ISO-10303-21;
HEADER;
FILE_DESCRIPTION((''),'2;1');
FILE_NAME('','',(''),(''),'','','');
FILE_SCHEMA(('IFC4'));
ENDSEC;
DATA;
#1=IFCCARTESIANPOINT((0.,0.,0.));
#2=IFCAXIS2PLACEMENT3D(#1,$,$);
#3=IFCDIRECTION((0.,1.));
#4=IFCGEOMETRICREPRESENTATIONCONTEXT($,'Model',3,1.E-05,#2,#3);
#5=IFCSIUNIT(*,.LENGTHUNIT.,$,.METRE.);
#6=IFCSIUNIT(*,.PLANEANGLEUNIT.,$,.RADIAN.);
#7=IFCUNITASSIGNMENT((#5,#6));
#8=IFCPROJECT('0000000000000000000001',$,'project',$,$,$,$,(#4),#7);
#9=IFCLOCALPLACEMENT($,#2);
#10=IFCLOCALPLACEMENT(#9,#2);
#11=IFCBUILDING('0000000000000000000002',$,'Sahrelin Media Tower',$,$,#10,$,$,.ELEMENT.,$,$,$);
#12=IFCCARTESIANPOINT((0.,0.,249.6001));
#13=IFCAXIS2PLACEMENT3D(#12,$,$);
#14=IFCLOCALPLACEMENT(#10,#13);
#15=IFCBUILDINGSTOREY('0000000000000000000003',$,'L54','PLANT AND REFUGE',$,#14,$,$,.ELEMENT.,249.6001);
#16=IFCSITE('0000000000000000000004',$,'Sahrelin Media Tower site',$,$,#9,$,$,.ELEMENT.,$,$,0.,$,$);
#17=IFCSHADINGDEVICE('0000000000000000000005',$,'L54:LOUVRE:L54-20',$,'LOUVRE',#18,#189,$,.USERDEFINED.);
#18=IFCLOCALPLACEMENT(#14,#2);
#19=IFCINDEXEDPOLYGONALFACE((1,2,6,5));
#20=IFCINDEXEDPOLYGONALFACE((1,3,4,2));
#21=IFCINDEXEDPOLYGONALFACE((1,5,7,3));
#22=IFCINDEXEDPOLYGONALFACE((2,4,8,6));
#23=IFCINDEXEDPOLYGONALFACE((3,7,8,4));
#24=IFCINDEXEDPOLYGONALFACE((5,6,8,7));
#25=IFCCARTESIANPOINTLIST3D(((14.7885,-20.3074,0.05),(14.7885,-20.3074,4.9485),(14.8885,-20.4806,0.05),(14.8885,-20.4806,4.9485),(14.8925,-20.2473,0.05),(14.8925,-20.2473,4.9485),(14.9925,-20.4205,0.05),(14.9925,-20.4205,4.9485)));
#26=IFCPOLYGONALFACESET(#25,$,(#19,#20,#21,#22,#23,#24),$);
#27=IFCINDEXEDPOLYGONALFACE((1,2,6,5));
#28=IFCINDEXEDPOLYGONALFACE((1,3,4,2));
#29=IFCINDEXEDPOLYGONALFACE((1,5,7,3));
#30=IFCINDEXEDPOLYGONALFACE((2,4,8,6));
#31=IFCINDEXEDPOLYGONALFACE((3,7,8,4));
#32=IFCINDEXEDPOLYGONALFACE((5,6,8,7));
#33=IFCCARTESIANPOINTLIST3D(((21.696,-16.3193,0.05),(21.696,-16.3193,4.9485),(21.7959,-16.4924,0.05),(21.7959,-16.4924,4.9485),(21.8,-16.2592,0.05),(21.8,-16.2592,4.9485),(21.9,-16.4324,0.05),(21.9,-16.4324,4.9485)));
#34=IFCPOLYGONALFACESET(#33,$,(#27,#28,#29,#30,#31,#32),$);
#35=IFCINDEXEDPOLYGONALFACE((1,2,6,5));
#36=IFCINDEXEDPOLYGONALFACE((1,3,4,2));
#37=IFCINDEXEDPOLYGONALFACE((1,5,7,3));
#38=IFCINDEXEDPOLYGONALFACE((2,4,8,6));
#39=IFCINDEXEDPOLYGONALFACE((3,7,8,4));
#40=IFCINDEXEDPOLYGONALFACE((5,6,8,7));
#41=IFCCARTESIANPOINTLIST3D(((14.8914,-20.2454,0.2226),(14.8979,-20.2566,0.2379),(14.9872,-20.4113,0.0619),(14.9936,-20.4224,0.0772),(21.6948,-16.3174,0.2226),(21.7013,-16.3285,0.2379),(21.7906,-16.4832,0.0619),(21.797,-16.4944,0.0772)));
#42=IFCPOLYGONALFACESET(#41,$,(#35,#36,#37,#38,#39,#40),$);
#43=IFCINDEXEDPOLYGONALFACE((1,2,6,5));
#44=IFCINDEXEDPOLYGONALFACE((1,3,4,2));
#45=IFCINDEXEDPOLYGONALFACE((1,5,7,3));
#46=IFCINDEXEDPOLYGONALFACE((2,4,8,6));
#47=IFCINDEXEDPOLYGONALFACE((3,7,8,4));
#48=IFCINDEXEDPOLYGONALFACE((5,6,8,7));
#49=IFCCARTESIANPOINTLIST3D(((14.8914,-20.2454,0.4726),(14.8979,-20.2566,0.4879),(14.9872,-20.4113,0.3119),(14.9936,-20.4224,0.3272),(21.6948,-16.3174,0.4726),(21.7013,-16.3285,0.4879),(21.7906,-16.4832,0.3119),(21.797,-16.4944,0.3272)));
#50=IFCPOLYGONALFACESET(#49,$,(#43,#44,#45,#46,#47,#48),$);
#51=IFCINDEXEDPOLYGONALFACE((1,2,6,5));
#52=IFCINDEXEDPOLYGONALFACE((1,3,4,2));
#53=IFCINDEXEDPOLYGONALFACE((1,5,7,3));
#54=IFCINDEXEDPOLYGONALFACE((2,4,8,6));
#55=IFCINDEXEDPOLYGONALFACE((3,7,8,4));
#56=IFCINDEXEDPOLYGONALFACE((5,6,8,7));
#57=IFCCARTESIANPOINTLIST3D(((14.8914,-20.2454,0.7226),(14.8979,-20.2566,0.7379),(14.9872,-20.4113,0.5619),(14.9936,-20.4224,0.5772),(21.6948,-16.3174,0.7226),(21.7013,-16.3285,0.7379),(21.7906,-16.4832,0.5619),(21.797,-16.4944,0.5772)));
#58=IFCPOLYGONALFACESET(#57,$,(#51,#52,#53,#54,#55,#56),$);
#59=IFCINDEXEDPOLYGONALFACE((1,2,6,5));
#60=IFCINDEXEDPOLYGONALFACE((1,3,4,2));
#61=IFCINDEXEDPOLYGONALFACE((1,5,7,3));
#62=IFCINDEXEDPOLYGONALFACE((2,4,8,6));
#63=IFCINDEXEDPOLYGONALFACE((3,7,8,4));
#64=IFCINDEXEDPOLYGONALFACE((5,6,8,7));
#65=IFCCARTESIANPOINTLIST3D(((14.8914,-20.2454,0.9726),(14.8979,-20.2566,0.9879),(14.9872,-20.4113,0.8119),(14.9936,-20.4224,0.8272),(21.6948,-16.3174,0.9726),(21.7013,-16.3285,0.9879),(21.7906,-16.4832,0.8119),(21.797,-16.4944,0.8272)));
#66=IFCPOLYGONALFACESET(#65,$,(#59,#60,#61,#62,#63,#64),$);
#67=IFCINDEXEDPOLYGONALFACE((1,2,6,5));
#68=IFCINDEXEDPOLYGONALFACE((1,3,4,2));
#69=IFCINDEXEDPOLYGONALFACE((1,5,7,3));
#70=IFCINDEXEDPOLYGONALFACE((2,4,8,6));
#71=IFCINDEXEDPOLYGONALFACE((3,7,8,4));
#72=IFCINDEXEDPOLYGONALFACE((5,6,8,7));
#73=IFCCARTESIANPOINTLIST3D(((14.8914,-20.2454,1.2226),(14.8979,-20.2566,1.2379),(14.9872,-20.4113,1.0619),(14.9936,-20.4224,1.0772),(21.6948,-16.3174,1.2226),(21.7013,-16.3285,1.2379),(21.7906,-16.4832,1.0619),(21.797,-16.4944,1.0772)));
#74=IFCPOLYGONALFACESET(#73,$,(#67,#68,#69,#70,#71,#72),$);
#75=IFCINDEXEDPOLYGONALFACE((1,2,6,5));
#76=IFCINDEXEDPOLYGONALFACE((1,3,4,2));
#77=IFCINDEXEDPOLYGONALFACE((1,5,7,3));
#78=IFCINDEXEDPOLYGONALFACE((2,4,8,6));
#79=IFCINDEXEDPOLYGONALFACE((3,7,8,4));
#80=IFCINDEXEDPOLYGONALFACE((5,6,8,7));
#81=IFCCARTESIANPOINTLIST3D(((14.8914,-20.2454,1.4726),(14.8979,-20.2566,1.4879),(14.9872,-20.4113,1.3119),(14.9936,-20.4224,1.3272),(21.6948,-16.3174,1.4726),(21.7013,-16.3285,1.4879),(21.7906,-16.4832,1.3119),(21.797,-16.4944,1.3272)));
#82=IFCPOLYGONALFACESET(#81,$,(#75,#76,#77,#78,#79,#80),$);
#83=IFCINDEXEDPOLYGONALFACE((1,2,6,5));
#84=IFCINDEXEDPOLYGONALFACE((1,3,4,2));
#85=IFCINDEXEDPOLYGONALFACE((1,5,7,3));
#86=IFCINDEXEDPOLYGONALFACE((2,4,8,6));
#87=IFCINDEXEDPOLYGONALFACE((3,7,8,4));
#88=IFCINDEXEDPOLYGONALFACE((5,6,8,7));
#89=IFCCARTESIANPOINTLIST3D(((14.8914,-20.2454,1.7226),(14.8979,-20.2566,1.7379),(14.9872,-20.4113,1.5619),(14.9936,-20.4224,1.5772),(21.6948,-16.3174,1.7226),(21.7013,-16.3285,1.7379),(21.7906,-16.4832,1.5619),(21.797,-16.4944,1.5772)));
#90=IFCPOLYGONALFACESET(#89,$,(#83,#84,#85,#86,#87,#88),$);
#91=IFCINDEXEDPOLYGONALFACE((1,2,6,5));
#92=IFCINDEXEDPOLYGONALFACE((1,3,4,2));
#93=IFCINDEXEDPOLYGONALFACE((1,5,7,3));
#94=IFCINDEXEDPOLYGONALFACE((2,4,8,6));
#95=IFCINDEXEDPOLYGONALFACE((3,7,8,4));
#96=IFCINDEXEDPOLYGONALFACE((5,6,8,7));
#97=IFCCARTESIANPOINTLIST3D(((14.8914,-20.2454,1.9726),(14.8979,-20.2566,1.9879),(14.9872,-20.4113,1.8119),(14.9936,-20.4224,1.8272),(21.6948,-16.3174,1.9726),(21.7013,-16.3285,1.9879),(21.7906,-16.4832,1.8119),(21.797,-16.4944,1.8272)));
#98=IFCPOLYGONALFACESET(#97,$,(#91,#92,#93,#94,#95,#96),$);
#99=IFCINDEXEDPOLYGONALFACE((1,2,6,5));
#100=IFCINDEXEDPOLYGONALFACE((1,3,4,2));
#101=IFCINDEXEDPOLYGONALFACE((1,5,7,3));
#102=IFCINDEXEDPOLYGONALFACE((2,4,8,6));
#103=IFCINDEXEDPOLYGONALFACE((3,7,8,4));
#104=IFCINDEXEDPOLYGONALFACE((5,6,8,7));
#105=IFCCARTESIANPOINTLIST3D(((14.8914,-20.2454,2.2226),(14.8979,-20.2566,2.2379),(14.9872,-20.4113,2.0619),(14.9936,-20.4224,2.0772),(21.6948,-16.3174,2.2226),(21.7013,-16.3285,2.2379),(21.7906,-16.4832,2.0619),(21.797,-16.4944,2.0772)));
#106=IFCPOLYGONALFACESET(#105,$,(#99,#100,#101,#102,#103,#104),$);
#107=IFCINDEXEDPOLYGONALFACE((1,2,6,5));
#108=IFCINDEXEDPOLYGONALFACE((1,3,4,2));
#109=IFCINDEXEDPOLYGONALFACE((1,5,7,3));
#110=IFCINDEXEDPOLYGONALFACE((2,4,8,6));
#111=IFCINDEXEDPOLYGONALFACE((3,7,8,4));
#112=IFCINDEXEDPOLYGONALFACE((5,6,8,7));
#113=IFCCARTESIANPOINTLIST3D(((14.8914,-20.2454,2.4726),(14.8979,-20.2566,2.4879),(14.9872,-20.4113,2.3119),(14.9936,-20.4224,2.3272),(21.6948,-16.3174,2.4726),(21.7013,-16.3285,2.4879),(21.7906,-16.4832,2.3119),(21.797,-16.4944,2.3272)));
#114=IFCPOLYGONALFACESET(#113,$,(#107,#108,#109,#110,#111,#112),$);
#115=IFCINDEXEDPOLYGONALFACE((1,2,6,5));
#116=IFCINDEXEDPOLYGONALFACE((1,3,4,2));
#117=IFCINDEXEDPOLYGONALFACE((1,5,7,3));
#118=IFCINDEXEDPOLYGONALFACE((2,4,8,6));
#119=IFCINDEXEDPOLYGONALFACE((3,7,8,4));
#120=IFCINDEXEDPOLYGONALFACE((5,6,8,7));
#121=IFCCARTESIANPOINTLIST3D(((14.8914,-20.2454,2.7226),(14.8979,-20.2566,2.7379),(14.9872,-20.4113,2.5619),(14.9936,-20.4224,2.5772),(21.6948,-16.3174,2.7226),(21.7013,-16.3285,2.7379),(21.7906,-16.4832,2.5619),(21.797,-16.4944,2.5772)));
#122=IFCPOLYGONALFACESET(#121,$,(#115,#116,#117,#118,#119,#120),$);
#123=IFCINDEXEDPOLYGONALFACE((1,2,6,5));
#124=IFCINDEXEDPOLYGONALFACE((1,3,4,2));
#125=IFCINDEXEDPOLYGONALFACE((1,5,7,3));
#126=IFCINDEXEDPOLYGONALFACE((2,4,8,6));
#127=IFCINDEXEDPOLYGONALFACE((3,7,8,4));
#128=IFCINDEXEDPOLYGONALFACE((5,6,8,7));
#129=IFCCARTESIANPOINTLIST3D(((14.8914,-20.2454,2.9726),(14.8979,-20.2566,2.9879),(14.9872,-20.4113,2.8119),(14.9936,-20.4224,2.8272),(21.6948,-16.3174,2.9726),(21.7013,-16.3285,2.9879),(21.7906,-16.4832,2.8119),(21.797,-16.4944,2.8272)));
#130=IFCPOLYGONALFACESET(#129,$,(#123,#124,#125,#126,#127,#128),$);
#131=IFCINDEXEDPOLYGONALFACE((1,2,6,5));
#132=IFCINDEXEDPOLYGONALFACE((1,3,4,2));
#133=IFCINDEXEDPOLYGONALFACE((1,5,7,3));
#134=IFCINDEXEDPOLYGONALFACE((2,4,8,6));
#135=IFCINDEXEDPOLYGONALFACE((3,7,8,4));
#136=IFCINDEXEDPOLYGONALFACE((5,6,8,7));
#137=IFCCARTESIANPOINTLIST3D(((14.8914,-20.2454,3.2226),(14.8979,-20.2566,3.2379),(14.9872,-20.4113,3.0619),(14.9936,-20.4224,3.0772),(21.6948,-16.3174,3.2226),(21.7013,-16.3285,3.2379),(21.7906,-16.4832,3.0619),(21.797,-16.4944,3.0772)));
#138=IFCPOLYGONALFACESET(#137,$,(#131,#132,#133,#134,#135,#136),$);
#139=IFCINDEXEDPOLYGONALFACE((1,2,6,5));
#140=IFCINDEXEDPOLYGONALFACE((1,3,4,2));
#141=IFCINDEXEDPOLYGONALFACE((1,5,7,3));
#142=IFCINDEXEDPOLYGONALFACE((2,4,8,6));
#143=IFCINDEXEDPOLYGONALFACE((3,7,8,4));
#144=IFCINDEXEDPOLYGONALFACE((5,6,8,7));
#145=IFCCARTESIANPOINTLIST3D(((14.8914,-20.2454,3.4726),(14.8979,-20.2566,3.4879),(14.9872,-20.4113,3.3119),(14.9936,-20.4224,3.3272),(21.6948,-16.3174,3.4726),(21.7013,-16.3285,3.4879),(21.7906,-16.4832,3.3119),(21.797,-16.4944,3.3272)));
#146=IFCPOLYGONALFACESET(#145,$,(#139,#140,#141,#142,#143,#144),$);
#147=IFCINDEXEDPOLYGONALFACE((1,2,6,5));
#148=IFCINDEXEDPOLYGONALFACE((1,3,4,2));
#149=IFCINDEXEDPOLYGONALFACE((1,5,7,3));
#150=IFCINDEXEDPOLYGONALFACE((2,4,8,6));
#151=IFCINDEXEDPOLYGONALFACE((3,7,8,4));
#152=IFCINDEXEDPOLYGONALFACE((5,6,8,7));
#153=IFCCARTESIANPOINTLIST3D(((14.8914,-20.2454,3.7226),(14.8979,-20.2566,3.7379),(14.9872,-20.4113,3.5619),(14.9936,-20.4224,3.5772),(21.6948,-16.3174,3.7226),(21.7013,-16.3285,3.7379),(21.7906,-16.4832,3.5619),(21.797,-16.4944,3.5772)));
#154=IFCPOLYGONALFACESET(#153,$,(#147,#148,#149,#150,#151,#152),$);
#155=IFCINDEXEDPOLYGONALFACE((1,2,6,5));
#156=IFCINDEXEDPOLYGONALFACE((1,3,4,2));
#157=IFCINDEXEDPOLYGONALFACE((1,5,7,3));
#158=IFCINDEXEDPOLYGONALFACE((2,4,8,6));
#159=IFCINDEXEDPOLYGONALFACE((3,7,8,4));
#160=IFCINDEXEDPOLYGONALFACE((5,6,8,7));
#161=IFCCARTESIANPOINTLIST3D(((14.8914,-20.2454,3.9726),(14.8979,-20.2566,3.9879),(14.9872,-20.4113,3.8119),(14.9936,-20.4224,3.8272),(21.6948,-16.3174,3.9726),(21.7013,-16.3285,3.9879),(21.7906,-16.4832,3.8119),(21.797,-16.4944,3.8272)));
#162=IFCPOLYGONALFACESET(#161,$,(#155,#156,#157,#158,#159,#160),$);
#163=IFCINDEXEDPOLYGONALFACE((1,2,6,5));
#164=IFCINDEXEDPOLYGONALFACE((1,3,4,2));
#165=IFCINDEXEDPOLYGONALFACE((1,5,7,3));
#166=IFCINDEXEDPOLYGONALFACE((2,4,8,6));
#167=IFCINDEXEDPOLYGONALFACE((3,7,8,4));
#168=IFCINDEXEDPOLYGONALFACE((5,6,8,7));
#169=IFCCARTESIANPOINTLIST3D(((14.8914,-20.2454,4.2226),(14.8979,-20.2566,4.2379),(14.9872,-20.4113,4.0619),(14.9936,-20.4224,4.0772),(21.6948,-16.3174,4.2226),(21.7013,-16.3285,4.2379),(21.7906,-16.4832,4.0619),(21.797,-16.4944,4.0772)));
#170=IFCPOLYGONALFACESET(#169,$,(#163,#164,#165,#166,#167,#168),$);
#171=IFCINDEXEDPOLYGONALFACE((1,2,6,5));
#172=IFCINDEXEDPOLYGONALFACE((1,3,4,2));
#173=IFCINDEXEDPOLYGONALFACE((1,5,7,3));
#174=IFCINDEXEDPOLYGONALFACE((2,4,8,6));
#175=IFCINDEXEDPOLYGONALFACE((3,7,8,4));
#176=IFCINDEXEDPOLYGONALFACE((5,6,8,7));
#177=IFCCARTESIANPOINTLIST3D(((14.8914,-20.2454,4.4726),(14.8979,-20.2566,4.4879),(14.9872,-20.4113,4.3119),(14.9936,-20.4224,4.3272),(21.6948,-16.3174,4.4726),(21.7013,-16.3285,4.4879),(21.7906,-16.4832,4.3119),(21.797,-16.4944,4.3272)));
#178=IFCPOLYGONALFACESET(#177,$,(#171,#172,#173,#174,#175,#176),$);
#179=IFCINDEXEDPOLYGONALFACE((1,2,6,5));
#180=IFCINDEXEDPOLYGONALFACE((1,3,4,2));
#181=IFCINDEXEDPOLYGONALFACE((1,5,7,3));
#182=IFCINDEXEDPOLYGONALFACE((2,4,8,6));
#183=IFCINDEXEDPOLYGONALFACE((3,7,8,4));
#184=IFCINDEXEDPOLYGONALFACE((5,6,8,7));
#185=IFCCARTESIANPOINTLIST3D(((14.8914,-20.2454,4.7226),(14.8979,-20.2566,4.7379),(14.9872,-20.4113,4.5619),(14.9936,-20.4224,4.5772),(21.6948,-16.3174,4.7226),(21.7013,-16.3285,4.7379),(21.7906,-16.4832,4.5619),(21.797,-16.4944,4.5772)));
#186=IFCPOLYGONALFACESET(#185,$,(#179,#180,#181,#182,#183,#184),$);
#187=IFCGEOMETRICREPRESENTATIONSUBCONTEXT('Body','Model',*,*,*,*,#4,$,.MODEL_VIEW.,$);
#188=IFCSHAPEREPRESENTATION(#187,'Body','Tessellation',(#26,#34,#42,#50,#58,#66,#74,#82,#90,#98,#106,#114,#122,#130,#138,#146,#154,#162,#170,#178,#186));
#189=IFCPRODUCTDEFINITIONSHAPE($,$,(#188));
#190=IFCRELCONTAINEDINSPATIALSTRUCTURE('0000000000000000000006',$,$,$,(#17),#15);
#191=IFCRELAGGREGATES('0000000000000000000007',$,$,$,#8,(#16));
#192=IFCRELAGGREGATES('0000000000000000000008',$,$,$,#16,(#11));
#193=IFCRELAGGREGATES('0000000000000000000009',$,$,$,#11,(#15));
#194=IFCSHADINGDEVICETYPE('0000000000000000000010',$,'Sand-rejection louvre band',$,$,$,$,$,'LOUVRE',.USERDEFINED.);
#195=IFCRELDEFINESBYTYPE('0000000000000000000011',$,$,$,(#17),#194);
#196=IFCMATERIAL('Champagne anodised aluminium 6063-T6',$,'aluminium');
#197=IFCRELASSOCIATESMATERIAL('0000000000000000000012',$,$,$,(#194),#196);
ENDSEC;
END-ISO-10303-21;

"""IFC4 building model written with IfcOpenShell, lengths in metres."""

from ifc_helpers import new_model, si_unit, direction, frame, origin, origin_2d, place, context, subcontext, project, spatial, rectangle, extrude, material, type_object, element, save


model = new_model("IFC4")

# Units and contexts
model_context = context("Model", 3, precision=1e-05, world=origin(), true_north=direction((0.0, 1.0)))
body_context = subcontext(model_context, "Body", "Model", "MODEL_VIEW")
ifc_project = project(units=[si_unit("LENGTHUNIT", "METRE"), si_unit("PLANEANGLEUNIT", "RADIAN")], contexts=[model_context])

# Site, building, storey
site_placement = place(None, origin())
site = spatial("IfcSite", under=ifc_project, at=site_placement, Name="Sahrelin Media Tower site", CompositionType="ELEMENT", RefElevation=0.0)
building_placement = place(site_placement, origin())
building = spatial("IfcBuilding", under=site, at=building_placement, Name="Sahrelin Media Tower", CompositionType="ELEMENT")
storey_placement = place(building_placement, frame((0.0, 0.0, 249.6001)))
storey = spatial("IfcBuildingStorey", under=building, at=storey_placement, Name="L54", Description="PLANT AND REFUGE", CompositionType="ELEMENT", Elevation=249.6001)

# Shared definitions
ifc_material_1 = material(Name="Champagne anodised aluminium 6063-T6", Category="aluminium")

# Shading device
shading_device_type = type_object("IfcShadingDeviceType", Name="Sand-rejection louvre band", ElementType="LOUVRE", PredefinedType="USERDEFINED", material=ifc_material_1)
shading_device_1_placement = place(storey_placement, frame((18.2942, -18.2832, 0.0), z_axis=(0.0, 0.0, 1.0), x_axis=(-0.866019, -0.500011, 0.0)))
element("IfcShadingDevice", 1, at=shading_device_1_placement, inside=storey, type_object=shading_device_type, Name="L54:LOUVRE:L54-20", ObjectType="LOUVRE", PredefinedType="USERDEFINED", context=body_context, shape_type="SweptSolid", body=[
    extrude(rectangle(XDim=0.1201, YDim=0.2, at=origin_2d()), frame((3.988, 0.1001, 0.05), z_axis=(0.0, 0.0, 1.0), x_axis=(1.0, 0.0, 0.0)), (0.0, 0.0, 1.0), 4.8984),
    extrude(rectangle(XDim=0.1201, YDim=0.2, at=origin_2d()), frame((-3.988, 0.1001, 0.05), z_axis=(0.0, 0.0, 1.0), x_axis=(1.0, 0.0, 0.0)), (0.0, 0.0, 1.0), 4.8984),
    extrude(rectangle(XDim=0.25, YDim=0.02, at=origin_2d()), frame((3.928, 0.1001, 0.1499), z_axis=(-1.0, 0.0, 0.0), x_axis=(0.0, -0.766044, 0.642788)), (0.0, 0.0, 1.0), 7.856),
    extrude(rectangle(XDim=0.25, YDim=0.02, at=origin_2d()), frame((3.928, 0.1001, 0.3999), z_axis=(-1.0, 0.0, 0.0), x_axis=(0.0, -0.766044, 0.642788)), (0.0, 0.0, 1.0), 7.856),
    extrude(rectangle(XDim=0.25, YDim=0.02, at=origin_2d()), frame((3.928, 0.1001, 0.6499), z_axis=(-1.0, 0.0, 0.0), x_axis=(0.0, -0.766044, 0.642788)), (0.0, 0.0, 1.0), 7.856),
    extrude(rectangle(XDim=0.25, YDim=0.02, at=origin_2d()), frame((3.928, 0.1001, 0.8999), z_axis=(-1.0, 0.0, 0.0), x_axis=(0.0, -0.766044, 0.642788)), (0.0, 0.0, 1.0), 7.856),
    extrude(rectangle(XDim=0.25, YDim=0.02, at=origin_2d()), frame((3.928, 0.1001, 1.1499), z_axis=(-1.0, 0.0, 0.0), x_axis=(0.0, -0.766044, 0.642788)), (0.0, 0.0, 1.0), 7.856),
    extrude(rectangle(XDim=0.25, YDim=0.02, at=origin_2d()), frame((3.928, 0.1001, 1.3999), z_axis=(-1.0, 0.0, 0.0), x_axis=(0.0, -0.766044, 0.642788)), (0.0, 0.0, 1.0), 7.856),
    extrude(rectangle(XDim=0.25, YDim=0.02, at=origin_2d()), frame((3.928, 0.1001, 1.6499), z_axis=(-1.0, 0.0, 0.0), x_axis=(0.0, -0.766044, 0.642788)), (0.0, 0.0, 1.0), 7.856),
    extrude(rectangle(XDim=0.25, YDim=0.02, at=origin_2d()), frame((3.928, 0.1001, 1.8999), z_axis=(-1.0, 0.0, 0.0), x_axis=(0.0, -0.766044, 0.642788)), (0.0, 0.0, 1.0), 7.856),
    extrude(rectangle(XDim=0.25, YDim=0.02, at=origin_2d()), frame((3.928, 0.1001, 2.1499), z_axis=(-1.0, 0.0, 0.0), x_axis=(0.0, -0.766044, 0.642788)), (0.0, 0.0, 1.0), 7.856),
    extrude(rectangle(XDim=0.25, YDim=0.02, at=origin_2d()), frame((3.928, 0.1001, 2.3999), z_axis=(-1.0, 0.0, 0.0), x_axis=(0.0, -0.766044, 0.642788)), (0.0, 0.0, 1.0), 7.856),
    extrude(rectangle(XDim=0.25, YDim=0.02, at=origin_2d()), frame((3.928, 0.1001, 2.6499), z_axis=(-1.0, 0.0, 0.0), x_axis=(0.0, -0.766044, 0.642788)), (0.0, 0.0, 1.0), 7.856),
    extrude(rectangle(XDim=0.25, YDim=0.02, at=origin_2d()), frame((3.928, 0.1001, 2.8999), z_axis=(-1.0, 0.0, 0.0), x_axis=(0.0, -0.766044, 0.642788)), (0.0, 0.0, 1.0), 7.856),
    extrude(rectangle(XDim=0.25, YDim=0.02, at=origin_2d()), frame((3.928, 0.1001, 3.1499), z_axis=(-1.0, 0.0, 0.0), x_axis=(0.0, -0.766044, 0.642788)), (0.0, 0.0, 1.0), 7.856),
    extrude(rectangle(XDim=0.25, YDim=0.02, at=origin_2d()), frame((3.928, 0.1001, 3.3999), z_axis=(-1.0, 0.0, 0.0), x_axis=(0.0, -0.766044, 0.642788)), (0.0, 0.0, 1.0), 7.856),
    extrude(rectangle(XDim=0.25, YDim=0.02, at=origin_2d()), frame((3.928, 0.1001, 3.6499), z_axis=(-1.0, 0.0, 0.0), x_axis=(0.0, -0.766044, 0.642788)), (0.0, 0.0, 1.0), 7.856),
    extrude(rectangle(XDim=0.25, YDim=0.02, at=origin_2d()), frame((3.928, 0.1001, 3.8999), z_axis=(-1.0, 0.0, 0.0), x_axis=(0.0, -0.766044, 0.642788)), (0.0, 0.0, 1.0), 7.856),
    extrude(rectangle(XDim=0.25, YDim=0.02, at=origin_2d()), frame((3.928, 0.1001, 4.1499), z_axis=(-1.0, 0.0, 0.0), x_axis=(0.0, -0.766044, 0.642788)), (0.0, 0.0, 1.0), 7.856),
    extrude(rectangle(XDim=0.25, YDim=0.02, at=origin_2d()), frame((3.928, 0.1001, 4.3999), z_axis=(-1.0, 0.0, 0.0), x_axis=(0.0, -0.766044, 0.642788)), (0.0, 0.0, 1.0), 7.856),
    extrude(rectangle(XDim=0.25, YDim=0.02, at=origin_2d()), frame((3.928, 0.1001, 4.6499), z_axis=(-1.0, 0.0, 0.0), x_axis=(0.0, -0.766044, 0.642788)), (0.0, 0.0, 1.0), 7.856),
])

save(model, "model.ifc")
